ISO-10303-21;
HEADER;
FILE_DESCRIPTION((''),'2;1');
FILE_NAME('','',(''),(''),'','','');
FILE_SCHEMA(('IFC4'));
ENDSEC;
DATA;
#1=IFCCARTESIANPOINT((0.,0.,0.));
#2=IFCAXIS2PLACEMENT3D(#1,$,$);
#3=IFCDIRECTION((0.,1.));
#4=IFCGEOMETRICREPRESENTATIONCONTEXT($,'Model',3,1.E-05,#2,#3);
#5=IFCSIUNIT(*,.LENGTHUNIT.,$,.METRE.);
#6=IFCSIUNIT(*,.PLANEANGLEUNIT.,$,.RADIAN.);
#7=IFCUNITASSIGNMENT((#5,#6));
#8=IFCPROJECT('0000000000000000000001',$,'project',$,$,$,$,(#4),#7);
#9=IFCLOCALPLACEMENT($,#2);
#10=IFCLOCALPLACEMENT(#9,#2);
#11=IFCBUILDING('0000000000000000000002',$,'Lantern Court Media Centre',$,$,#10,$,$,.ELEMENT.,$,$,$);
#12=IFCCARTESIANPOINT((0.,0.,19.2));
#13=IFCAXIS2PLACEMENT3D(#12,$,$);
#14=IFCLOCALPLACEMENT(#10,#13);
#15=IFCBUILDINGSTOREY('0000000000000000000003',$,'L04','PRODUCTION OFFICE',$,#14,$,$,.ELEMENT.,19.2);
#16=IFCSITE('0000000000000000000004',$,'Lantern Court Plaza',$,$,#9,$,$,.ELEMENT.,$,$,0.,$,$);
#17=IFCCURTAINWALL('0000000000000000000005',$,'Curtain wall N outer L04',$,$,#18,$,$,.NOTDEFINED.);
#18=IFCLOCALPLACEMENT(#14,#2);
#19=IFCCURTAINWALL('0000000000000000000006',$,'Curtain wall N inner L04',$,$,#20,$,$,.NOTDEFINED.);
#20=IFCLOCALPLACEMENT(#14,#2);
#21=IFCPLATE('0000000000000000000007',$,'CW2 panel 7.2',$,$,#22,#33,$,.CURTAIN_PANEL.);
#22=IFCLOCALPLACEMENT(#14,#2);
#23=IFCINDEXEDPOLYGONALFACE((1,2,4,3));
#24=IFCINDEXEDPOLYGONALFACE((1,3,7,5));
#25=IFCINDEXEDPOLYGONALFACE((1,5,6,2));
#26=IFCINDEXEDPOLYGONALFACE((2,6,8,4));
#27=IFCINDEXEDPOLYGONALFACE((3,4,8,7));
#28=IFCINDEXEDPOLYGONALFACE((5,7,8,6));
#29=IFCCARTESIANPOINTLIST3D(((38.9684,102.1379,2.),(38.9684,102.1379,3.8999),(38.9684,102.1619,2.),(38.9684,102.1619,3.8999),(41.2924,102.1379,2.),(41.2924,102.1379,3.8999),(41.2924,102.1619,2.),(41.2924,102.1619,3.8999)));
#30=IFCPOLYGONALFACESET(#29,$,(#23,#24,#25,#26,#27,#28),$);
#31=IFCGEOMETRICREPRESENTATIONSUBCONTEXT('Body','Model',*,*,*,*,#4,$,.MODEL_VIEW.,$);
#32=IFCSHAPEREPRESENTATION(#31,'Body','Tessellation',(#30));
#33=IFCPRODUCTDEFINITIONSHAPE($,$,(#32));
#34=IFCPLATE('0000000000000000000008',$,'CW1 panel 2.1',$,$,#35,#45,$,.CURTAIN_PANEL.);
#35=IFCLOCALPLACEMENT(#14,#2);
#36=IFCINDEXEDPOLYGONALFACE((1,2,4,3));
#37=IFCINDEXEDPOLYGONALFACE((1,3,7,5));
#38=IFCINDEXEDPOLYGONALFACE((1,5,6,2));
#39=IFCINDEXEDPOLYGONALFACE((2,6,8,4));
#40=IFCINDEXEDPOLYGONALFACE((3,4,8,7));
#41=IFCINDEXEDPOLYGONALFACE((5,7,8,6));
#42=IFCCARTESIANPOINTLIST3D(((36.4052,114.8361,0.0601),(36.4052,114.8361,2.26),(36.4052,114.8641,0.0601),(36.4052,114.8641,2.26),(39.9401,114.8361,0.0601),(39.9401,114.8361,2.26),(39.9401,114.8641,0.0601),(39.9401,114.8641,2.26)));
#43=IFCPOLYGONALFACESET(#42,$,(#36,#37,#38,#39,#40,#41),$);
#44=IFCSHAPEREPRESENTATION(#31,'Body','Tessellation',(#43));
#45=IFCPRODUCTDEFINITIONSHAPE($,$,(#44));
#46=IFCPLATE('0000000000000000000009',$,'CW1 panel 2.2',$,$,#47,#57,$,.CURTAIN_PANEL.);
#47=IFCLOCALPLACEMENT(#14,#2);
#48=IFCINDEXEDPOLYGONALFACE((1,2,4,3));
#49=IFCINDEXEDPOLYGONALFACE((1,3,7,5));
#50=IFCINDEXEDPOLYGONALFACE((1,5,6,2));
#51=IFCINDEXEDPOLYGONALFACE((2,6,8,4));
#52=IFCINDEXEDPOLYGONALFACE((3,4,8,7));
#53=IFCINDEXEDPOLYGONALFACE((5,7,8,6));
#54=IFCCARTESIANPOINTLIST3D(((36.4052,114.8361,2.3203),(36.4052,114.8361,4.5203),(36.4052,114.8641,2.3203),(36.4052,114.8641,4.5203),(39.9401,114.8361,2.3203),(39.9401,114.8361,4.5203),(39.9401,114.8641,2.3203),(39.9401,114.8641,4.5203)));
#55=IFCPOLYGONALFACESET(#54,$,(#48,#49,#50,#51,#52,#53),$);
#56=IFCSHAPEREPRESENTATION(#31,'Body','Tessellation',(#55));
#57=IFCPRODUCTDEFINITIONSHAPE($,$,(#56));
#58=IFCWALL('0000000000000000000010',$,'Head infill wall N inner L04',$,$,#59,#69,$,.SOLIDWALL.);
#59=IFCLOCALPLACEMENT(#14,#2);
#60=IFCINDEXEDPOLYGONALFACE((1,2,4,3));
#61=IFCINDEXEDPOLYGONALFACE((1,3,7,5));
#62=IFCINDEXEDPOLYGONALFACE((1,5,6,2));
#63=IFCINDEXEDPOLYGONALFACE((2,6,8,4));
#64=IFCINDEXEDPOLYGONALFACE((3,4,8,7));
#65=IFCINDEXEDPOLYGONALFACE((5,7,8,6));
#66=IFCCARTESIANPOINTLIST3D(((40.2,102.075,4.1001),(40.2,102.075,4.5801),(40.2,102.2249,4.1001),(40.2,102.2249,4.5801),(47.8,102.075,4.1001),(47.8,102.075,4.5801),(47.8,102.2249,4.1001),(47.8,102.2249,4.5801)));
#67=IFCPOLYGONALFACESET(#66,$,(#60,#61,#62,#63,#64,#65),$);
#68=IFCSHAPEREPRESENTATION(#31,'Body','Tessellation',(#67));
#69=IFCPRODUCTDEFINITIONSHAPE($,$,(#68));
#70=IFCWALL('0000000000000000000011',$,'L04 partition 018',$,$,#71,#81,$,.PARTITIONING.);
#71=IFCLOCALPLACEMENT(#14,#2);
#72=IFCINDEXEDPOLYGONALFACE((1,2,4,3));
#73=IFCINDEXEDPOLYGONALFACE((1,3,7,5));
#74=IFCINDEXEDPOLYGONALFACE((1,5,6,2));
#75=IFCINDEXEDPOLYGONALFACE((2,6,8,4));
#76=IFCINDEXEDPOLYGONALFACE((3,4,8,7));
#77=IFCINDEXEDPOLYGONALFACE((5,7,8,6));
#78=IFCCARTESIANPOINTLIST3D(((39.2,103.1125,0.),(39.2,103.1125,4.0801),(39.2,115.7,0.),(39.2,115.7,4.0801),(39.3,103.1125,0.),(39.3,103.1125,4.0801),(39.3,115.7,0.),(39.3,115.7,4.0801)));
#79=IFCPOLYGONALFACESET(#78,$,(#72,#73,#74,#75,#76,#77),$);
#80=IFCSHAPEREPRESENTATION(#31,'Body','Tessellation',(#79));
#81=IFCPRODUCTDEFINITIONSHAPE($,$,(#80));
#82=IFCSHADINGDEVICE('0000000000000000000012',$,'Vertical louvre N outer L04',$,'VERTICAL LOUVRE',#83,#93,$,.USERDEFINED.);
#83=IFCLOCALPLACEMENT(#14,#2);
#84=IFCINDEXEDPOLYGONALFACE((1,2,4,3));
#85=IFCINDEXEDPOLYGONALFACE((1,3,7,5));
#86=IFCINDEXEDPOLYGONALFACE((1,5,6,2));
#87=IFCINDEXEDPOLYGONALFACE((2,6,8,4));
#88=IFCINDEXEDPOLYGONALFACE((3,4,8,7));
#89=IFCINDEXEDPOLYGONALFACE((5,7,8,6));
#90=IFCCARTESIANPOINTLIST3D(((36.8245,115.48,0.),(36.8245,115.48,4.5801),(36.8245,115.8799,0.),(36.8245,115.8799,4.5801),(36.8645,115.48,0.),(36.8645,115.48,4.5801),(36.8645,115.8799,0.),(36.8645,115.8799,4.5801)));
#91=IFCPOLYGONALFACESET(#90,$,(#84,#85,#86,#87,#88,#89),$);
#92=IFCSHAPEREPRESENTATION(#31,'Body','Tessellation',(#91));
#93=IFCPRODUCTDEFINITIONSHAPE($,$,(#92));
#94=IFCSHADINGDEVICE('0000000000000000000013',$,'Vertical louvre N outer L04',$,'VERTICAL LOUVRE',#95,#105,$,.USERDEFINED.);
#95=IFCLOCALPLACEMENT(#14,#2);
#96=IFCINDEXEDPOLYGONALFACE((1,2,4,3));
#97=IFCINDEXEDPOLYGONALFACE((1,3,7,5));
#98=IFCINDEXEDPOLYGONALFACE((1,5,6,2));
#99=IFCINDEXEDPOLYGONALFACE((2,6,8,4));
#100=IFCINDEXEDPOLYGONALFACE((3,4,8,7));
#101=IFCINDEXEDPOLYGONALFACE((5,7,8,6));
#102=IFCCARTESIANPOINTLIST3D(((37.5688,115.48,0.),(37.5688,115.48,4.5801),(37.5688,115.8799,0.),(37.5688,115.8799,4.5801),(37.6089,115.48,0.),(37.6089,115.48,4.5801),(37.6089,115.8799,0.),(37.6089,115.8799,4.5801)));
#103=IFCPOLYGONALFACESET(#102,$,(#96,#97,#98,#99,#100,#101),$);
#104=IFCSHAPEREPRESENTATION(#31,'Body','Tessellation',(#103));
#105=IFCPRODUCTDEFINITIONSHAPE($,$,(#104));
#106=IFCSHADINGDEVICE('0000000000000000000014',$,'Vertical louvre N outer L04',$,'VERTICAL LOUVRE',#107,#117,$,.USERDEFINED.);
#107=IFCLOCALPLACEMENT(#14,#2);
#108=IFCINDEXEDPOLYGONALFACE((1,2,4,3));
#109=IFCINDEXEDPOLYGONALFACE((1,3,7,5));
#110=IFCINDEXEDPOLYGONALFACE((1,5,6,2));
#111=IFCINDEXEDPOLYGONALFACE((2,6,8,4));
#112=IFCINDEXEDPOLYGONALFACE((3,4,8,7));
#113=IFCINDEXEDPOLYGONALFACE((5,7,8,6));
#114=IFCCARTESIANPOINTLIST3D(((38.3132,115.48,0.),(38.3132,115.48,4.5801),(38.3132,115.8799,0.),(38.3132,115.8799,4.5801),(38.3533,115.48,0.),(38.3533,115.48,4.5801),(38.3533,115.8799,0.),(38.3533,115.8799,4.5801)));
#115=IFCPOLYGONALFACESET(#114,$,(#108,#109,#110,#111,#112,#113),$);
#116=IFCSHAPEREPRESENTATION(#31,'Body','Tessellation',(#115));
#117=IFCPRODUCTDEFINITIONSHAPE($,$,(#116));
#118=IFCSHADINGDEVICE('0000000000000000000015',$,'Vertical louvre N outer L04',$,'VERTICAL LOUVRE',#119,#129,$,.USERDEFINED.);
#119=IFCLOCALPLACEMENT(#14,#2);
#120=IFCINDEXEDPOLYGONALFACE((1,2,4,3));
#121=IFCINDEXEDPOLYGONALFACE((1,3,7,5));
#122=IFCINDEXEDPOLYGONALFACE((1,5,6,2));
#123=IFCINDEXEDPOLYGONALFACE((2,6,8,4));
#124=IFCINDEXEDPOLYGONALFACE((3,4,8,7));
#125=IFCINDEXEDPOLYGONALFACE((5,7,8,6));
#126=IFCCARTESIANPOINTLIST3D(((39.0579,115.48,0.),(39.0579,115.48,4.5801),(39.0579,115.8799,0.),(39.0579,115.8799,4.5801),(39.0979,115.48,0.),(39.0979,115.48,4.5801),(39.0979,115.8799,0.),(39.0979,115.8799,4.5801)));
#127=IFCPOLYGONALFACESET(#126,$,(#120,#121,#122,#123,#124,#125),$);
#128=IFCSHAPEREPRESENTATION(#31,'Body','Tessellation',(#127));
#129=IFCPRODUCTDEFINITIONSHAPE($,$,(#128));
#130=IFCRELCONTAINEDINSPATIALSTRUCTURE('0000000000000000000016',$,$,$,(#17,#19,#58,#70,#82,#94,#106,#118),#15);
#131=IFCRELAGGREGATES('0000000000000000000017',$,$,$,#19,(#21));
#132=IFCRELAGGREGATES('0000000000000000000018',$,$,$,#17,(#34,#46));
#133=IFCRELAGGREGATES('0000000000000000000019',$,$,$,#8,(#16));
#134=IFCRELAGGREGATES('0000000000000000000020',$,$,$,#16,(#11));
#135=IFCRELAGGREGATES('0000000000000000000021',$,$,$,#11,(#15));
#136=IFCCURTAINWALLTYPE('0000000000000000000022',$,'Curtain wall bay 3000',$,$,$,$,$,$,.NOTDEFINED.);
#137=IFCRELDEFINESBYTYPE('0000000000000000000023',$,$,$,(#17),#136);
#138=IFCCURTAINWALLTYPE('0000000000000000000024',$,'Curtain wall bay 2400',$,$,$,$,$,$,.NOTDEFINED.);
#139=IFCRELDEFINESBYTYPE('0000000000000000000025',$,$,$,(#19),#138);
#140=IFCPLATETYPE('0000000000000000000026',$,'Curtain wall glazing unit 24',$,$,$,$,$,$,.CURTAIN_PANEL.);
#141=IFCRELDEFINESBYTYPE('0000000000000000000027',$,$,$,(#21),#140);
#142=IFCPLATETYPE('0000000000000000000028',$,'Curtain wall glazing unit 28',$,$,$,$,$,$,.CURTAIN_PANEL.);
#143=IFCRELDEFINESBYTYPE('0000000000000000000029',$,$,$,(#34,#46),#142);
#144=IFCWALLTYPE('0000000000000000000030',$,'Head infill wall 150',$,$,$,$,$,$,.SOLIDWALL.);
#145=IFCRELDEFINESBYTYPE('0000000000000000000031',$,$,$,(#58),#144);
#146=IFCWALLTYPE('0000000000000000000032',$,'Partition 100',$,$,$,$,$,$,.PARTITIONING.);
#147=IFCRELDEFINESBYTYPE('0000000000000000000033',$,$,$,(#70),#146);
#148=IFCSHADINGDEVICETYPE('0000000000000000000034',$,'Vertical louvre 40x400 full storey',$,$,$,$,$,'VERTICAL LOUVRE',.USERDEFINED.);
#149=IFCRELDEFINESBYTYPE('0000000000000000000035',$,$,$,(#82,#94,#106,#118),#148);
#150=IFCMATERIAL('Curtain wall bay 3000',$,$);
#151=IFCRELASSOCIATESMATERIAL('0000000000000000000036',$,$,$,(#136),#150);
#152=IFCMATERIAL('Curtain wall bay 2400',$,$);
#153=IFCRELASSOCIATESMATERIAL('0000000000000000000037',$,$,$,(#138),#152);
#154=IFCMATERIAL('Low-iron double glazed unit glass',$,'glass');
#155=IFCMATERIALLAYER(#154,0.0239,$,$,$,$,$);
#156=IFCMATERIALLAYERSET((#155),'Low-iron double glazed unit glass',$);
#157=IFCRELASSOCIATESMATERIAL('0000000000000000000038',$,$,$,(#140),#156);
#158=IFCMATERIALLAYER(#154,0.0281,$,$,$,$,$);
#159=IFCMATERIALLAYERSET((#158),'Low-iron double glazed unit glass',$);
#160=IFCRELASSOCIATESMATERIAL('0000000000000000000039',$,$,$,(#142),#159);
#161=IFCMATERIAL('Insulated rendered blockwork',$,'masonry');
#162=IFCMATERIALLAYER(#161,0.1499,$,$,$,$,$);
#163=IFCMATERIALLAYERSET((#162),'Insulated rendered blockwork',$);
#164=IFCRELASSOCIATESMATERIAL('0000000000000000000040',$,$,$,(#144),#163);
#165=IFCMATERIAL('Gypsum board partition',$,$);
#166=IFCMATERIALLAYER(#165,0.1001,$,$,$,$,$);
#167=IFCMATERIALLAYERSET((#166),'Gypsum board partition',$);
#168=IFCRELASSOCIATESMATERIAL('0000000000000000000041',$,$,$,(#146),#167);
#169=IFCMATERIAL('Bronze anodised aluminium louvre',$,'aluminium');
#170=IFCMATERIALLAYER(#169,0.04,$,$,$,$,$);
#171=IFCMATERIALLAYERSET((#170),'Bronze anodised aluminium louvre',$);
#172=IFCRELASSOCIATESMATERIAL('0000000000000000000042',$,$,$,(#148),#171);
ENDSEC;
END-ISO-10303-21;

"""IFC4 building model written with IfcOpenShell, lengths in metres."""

from ifc_helpers import new_model, si_unit, direction, frame, frame_2d, origin, origin_2d, place, context, subcontext, project, spatial, rectangle, extrude, material, layer, layer_set, type_object, element, aggregate, save


model = new_model("IFC4")

# Units and contexts
model_context = context("Model", 3, precision=1e-05, world=origin(), true_north=direction((0.0, 1.0)))
body_context = subcontext(model_context, "Body", "Model", "MODEL_VIEW")
ifc_project = project(units=[si_unit("LENGTHUNIT", "METRE"), si_unit("PLANEANGLEUNIT", "RADIAN")], contexts=[model_context])

# Site, building, storey
site_placement = place(None, origin())
site = spatial("IfcSite", under=ifc_project, at=site_placement, Name="Lantern Court Plaza", CompositionType="ELEMENT", RefElevation=0.0)
building_placement = place(site_placement, origin())
building = spatial("IfcBuilding", under=site, at=building_placement, Name="Lantern Court Media Centre", CompositionType="ELEMENT")
storey_placement = place(building_placement, frame((0.0, 0.0, 19.2)))
storey = spatial("IfcBuildingStorey", under=building, at=storey_placement, Name="L04", Description="PRODUCTION OFFICE", CompositionType="ELEMENT", Elevation=19.2)

# Curtain wall
ifc_material_1 = material(Name="Curtain wall bay 3000")
curtain_wall_type_1 = type_object("IfcCurtainWallType", Name="Curtain wall bay 3000", PredefinedType="NOTDEFINED", material=ifc_material_1)
curtain_wall_1_placement = place(storey_placement, origin())
curtain_wall_1 = element("IfcCurtainWall", 1, at=curtain_wall_1_placement, inside=storey, type_object=curtain_wall_type_1, Name="Curtain wall N outer L04", PredefinedType="NOTDEFINED")

# Curtain wall
ifc_material_2 = material(Name="Curtain wall bay 2400")
curtain_wall_type_2 = type_object("IfcCurtainWallType", Name="Curtain wall bay 2400", PredefinedType="NOTDEFINED", material=ifc_material_2)
curtain_wall_2_placement = place(storey_placement, origin())
curtain_wall_2 = element("IfcCurtainWall", 2, at=curtain_wall_2_placement, inside=storey, type_object=curtain_wall_type_2, Name="Curtain wall N inner L04", PredefinedType="NOTDEFINED")

# Plates
ifc_material_3 = material(Name="Low-iron double glazed unit glass", Category="glass")
ifc_layer_1 = layer(ifc_material_3, 0.0239)
ifc_layer_set_1 = layer_set([ifc_layer_1], Name="Low-iron double glazed unit glass")
plate_type_1 = type_object("IfcPlateType", Name="Curtain wall glazing unit 24", PredefinedType="CURTAIN_PANEL", material=ifc_layer_set_1)
plate_1_placement = place(storey_placement, frame((40.1304, 102.1499, 2.0), z_axis=(0.0, 0.0, 1.0), x_axis=(1.0, 0.0, 0.0)))
plate_1 = element("IfcPlate", 3, at=plate_1_placement, type_object=plate_type_1, Name="CW2 panel 7.2", PredefinedType="CURTAIN_PANEL", context=body_context, shape_type="SweptSolid", body=[
    extrude(rectangle(XDim=2.324, YDim=0.0239, at=origin_2d()), origin(), (0.0, 0.0, 1.0), 1.8999),
])
aggregate(curtain_wall_2, [plate_1])
ifc_layer_2 = layer(ifc_material_3, 0.0281)
ifc_layer_set_2 = layer_set([ifc_layer_2], Name="Low-iron double glazed unit glass")
plate_type_2 = type_object("IfcPlateType", Name="Curtain wall glazing unit 28", PredefinedType="CURTAIN_PANEL", material=ifc_layer_set_2)
plate_2_placement = place(storey_placement, frame((38.1726, 114.8501, 0.0601), z_axis=(0.0, 0.0, 1.0), x_axis=(1.0, 0.0, 0.0)))
plate_2 = element("IfcPlate", 4, at=plate_2_placement, type_object=plate_type_2, Name="CW1 panel 2.1", PredefinedType="CURTAIN_PANEL", context=body_context, shape_type="SweptSolid", body=[
    extrude(rectangle(XDim=3.5349, YDim=0.0281, at=origin_2d()), origin(), (0.0, 0.0, 1.0), 2.2),
])
plate_3_placement = place(storey_placement, frame((38.1726, 114.8501, 2.3203), z_axis=(0.0, 0.0, 1.0), x_axis=(1.0, 0.0, 0.0)))
plate_3 = element("IfcPlate", 5, at=plate_3_placement, type_object=plate_type_2, Name="CW1 panel 2.2", PredefinedType="CURTAIN_PANEL", context=body_context, shape_type="SweptSolid", body=[
    extrude(rectangle(XDim=3.5349, YDim=0.0281, at=origin_2d()), origin(), (0.0, 0.0, 1.0), 2.2),
])
aggregate(curtain_wall_1, [plate_2, plate_3])

# Walls
ifc_material_4 = material(Name="Insulated rendered blockwork", Category="masonry")
ifc_layer_3 = layer(ifc_material_4, 0.1499)
ifc_layer_set_3 = layer_set([ifc_layer_3], Name="Insulated rendered blockwork")
wall_type_1 = type_object("IfcWallType", Name="Head infill wall 150", PredefinedType="SOLIDWALL", material=ifc_layer_set_3)
wall_1_placement = place(storey_placement, frame((40.2, 102.1499, 4.1001), z_axis=(0.0, 0.0, 1.0), x_axis=(1.0, 0.0, 0.0)))
element("IfcWall", 6, at=wall_1_placement, inside=storey, type_object=wall_type_1, Name="Head infill wall N inner L04", PredefinedType="SOLIDWALL", context=body_context, shape_type="SweptSolid", body=[
    extrude(rectangle(XDim=7.6001, YDim=0.1499, at=frame_2d((3.8, 0.0))), origin(), (0.0, 0.0, 1.0), 0.48),
])
ifc_material_5 = material(Name="Gypsum board partition")
ifc_layer_4 = layer(ifc_material_5, 0.1001)
ifc_layer_set_4 = layer_set([ifc_layer_4], Name="Gypsum board partition")
wall_type_2 = type_object("IfcWallType", Name="Partition 100", PredefinedType="PARTITIONING", material=ifc_layer_set_4)
wall_2_placement = place(storey_placement, frame((39.25, 103.1125, 0.0), z_axis=(0.0, 0.0, 1.0), x_axis=(0.0, 1.0, 0.0)))
element("IfcWall", 7, at=wall_2_placement, inside=storey, type_object=wall_type_2, Name="L04 partition 018", PredefinedType="PARTITIONING", context=body_context, shape_type="SweptSolid", body=[
    extrude(rectangle(XDim=12.5874, YDim=0.1001, at=frame_2d((6.2937, 0.0))), origin(), (0.0, 0.0, 1.0), 4.0801),
])

# Shading devices
ifc_material_6 = material(Name="Bronze anodised aluminium louvre", Category="aluminium")
ifc_layer_5 = layer(ifc_material_6, 0.04)
ifc_layer_set_5 = layer_set([ifc_layer_5], Name="Bronze anodised aluminium louvre")
shading_device_type = type_object("IfcShadingDeviceType", Name="Vertical louvre 40x400 full storey", ElementType="VERTICAL LOUVRE", PredefinedType="USERDEFINED", material=ifc_layer_set_5)
for number, where, z_axis, x_axis, name in (
    (8, (36.8445, 115.6799, 0.0), (0.0, 0.0, 1.0), (1.0, 0.0, 0.0), "Vertical louvre N outer L04"),
    (9, (37.5889, 115.6799, 0.0), (0.0, 0.0, 1.0), (1.0, 0.0, 0.0), "Vertical louvre N outer L04"),
    (10, (38.3333, 115.6799, 0.0), (0.0, 0.0, 1.0), (1.0, 0.0, 0.0), "Vertical louvre N outer L04"),
    (11, (39.0779, 115.6799, 0.0), (0.0, 0.0, 1.0), (1.0, 0.0, 0.0), "Vertical louvre N outer L04"),
):
    element("IfcShadingDevice", number, at=place(storey_placement, frame(where, z_axis=z_axis, x_axis=x_axis)), inside=storey, type_object=shading_device_type, Name=name, ObjectType="VERTICAL LOUVRE", PredefinedType="USERDEFINED", context=body_context, shape_type="SweptSolid", body=[
        extrude(rectangle(XDim=0.04, YDim=0.3999, at=origin_2d()), origin(), (0.0, 0.0, 1.0), 4.5801),
    ])

save(model, "model.ifc")
